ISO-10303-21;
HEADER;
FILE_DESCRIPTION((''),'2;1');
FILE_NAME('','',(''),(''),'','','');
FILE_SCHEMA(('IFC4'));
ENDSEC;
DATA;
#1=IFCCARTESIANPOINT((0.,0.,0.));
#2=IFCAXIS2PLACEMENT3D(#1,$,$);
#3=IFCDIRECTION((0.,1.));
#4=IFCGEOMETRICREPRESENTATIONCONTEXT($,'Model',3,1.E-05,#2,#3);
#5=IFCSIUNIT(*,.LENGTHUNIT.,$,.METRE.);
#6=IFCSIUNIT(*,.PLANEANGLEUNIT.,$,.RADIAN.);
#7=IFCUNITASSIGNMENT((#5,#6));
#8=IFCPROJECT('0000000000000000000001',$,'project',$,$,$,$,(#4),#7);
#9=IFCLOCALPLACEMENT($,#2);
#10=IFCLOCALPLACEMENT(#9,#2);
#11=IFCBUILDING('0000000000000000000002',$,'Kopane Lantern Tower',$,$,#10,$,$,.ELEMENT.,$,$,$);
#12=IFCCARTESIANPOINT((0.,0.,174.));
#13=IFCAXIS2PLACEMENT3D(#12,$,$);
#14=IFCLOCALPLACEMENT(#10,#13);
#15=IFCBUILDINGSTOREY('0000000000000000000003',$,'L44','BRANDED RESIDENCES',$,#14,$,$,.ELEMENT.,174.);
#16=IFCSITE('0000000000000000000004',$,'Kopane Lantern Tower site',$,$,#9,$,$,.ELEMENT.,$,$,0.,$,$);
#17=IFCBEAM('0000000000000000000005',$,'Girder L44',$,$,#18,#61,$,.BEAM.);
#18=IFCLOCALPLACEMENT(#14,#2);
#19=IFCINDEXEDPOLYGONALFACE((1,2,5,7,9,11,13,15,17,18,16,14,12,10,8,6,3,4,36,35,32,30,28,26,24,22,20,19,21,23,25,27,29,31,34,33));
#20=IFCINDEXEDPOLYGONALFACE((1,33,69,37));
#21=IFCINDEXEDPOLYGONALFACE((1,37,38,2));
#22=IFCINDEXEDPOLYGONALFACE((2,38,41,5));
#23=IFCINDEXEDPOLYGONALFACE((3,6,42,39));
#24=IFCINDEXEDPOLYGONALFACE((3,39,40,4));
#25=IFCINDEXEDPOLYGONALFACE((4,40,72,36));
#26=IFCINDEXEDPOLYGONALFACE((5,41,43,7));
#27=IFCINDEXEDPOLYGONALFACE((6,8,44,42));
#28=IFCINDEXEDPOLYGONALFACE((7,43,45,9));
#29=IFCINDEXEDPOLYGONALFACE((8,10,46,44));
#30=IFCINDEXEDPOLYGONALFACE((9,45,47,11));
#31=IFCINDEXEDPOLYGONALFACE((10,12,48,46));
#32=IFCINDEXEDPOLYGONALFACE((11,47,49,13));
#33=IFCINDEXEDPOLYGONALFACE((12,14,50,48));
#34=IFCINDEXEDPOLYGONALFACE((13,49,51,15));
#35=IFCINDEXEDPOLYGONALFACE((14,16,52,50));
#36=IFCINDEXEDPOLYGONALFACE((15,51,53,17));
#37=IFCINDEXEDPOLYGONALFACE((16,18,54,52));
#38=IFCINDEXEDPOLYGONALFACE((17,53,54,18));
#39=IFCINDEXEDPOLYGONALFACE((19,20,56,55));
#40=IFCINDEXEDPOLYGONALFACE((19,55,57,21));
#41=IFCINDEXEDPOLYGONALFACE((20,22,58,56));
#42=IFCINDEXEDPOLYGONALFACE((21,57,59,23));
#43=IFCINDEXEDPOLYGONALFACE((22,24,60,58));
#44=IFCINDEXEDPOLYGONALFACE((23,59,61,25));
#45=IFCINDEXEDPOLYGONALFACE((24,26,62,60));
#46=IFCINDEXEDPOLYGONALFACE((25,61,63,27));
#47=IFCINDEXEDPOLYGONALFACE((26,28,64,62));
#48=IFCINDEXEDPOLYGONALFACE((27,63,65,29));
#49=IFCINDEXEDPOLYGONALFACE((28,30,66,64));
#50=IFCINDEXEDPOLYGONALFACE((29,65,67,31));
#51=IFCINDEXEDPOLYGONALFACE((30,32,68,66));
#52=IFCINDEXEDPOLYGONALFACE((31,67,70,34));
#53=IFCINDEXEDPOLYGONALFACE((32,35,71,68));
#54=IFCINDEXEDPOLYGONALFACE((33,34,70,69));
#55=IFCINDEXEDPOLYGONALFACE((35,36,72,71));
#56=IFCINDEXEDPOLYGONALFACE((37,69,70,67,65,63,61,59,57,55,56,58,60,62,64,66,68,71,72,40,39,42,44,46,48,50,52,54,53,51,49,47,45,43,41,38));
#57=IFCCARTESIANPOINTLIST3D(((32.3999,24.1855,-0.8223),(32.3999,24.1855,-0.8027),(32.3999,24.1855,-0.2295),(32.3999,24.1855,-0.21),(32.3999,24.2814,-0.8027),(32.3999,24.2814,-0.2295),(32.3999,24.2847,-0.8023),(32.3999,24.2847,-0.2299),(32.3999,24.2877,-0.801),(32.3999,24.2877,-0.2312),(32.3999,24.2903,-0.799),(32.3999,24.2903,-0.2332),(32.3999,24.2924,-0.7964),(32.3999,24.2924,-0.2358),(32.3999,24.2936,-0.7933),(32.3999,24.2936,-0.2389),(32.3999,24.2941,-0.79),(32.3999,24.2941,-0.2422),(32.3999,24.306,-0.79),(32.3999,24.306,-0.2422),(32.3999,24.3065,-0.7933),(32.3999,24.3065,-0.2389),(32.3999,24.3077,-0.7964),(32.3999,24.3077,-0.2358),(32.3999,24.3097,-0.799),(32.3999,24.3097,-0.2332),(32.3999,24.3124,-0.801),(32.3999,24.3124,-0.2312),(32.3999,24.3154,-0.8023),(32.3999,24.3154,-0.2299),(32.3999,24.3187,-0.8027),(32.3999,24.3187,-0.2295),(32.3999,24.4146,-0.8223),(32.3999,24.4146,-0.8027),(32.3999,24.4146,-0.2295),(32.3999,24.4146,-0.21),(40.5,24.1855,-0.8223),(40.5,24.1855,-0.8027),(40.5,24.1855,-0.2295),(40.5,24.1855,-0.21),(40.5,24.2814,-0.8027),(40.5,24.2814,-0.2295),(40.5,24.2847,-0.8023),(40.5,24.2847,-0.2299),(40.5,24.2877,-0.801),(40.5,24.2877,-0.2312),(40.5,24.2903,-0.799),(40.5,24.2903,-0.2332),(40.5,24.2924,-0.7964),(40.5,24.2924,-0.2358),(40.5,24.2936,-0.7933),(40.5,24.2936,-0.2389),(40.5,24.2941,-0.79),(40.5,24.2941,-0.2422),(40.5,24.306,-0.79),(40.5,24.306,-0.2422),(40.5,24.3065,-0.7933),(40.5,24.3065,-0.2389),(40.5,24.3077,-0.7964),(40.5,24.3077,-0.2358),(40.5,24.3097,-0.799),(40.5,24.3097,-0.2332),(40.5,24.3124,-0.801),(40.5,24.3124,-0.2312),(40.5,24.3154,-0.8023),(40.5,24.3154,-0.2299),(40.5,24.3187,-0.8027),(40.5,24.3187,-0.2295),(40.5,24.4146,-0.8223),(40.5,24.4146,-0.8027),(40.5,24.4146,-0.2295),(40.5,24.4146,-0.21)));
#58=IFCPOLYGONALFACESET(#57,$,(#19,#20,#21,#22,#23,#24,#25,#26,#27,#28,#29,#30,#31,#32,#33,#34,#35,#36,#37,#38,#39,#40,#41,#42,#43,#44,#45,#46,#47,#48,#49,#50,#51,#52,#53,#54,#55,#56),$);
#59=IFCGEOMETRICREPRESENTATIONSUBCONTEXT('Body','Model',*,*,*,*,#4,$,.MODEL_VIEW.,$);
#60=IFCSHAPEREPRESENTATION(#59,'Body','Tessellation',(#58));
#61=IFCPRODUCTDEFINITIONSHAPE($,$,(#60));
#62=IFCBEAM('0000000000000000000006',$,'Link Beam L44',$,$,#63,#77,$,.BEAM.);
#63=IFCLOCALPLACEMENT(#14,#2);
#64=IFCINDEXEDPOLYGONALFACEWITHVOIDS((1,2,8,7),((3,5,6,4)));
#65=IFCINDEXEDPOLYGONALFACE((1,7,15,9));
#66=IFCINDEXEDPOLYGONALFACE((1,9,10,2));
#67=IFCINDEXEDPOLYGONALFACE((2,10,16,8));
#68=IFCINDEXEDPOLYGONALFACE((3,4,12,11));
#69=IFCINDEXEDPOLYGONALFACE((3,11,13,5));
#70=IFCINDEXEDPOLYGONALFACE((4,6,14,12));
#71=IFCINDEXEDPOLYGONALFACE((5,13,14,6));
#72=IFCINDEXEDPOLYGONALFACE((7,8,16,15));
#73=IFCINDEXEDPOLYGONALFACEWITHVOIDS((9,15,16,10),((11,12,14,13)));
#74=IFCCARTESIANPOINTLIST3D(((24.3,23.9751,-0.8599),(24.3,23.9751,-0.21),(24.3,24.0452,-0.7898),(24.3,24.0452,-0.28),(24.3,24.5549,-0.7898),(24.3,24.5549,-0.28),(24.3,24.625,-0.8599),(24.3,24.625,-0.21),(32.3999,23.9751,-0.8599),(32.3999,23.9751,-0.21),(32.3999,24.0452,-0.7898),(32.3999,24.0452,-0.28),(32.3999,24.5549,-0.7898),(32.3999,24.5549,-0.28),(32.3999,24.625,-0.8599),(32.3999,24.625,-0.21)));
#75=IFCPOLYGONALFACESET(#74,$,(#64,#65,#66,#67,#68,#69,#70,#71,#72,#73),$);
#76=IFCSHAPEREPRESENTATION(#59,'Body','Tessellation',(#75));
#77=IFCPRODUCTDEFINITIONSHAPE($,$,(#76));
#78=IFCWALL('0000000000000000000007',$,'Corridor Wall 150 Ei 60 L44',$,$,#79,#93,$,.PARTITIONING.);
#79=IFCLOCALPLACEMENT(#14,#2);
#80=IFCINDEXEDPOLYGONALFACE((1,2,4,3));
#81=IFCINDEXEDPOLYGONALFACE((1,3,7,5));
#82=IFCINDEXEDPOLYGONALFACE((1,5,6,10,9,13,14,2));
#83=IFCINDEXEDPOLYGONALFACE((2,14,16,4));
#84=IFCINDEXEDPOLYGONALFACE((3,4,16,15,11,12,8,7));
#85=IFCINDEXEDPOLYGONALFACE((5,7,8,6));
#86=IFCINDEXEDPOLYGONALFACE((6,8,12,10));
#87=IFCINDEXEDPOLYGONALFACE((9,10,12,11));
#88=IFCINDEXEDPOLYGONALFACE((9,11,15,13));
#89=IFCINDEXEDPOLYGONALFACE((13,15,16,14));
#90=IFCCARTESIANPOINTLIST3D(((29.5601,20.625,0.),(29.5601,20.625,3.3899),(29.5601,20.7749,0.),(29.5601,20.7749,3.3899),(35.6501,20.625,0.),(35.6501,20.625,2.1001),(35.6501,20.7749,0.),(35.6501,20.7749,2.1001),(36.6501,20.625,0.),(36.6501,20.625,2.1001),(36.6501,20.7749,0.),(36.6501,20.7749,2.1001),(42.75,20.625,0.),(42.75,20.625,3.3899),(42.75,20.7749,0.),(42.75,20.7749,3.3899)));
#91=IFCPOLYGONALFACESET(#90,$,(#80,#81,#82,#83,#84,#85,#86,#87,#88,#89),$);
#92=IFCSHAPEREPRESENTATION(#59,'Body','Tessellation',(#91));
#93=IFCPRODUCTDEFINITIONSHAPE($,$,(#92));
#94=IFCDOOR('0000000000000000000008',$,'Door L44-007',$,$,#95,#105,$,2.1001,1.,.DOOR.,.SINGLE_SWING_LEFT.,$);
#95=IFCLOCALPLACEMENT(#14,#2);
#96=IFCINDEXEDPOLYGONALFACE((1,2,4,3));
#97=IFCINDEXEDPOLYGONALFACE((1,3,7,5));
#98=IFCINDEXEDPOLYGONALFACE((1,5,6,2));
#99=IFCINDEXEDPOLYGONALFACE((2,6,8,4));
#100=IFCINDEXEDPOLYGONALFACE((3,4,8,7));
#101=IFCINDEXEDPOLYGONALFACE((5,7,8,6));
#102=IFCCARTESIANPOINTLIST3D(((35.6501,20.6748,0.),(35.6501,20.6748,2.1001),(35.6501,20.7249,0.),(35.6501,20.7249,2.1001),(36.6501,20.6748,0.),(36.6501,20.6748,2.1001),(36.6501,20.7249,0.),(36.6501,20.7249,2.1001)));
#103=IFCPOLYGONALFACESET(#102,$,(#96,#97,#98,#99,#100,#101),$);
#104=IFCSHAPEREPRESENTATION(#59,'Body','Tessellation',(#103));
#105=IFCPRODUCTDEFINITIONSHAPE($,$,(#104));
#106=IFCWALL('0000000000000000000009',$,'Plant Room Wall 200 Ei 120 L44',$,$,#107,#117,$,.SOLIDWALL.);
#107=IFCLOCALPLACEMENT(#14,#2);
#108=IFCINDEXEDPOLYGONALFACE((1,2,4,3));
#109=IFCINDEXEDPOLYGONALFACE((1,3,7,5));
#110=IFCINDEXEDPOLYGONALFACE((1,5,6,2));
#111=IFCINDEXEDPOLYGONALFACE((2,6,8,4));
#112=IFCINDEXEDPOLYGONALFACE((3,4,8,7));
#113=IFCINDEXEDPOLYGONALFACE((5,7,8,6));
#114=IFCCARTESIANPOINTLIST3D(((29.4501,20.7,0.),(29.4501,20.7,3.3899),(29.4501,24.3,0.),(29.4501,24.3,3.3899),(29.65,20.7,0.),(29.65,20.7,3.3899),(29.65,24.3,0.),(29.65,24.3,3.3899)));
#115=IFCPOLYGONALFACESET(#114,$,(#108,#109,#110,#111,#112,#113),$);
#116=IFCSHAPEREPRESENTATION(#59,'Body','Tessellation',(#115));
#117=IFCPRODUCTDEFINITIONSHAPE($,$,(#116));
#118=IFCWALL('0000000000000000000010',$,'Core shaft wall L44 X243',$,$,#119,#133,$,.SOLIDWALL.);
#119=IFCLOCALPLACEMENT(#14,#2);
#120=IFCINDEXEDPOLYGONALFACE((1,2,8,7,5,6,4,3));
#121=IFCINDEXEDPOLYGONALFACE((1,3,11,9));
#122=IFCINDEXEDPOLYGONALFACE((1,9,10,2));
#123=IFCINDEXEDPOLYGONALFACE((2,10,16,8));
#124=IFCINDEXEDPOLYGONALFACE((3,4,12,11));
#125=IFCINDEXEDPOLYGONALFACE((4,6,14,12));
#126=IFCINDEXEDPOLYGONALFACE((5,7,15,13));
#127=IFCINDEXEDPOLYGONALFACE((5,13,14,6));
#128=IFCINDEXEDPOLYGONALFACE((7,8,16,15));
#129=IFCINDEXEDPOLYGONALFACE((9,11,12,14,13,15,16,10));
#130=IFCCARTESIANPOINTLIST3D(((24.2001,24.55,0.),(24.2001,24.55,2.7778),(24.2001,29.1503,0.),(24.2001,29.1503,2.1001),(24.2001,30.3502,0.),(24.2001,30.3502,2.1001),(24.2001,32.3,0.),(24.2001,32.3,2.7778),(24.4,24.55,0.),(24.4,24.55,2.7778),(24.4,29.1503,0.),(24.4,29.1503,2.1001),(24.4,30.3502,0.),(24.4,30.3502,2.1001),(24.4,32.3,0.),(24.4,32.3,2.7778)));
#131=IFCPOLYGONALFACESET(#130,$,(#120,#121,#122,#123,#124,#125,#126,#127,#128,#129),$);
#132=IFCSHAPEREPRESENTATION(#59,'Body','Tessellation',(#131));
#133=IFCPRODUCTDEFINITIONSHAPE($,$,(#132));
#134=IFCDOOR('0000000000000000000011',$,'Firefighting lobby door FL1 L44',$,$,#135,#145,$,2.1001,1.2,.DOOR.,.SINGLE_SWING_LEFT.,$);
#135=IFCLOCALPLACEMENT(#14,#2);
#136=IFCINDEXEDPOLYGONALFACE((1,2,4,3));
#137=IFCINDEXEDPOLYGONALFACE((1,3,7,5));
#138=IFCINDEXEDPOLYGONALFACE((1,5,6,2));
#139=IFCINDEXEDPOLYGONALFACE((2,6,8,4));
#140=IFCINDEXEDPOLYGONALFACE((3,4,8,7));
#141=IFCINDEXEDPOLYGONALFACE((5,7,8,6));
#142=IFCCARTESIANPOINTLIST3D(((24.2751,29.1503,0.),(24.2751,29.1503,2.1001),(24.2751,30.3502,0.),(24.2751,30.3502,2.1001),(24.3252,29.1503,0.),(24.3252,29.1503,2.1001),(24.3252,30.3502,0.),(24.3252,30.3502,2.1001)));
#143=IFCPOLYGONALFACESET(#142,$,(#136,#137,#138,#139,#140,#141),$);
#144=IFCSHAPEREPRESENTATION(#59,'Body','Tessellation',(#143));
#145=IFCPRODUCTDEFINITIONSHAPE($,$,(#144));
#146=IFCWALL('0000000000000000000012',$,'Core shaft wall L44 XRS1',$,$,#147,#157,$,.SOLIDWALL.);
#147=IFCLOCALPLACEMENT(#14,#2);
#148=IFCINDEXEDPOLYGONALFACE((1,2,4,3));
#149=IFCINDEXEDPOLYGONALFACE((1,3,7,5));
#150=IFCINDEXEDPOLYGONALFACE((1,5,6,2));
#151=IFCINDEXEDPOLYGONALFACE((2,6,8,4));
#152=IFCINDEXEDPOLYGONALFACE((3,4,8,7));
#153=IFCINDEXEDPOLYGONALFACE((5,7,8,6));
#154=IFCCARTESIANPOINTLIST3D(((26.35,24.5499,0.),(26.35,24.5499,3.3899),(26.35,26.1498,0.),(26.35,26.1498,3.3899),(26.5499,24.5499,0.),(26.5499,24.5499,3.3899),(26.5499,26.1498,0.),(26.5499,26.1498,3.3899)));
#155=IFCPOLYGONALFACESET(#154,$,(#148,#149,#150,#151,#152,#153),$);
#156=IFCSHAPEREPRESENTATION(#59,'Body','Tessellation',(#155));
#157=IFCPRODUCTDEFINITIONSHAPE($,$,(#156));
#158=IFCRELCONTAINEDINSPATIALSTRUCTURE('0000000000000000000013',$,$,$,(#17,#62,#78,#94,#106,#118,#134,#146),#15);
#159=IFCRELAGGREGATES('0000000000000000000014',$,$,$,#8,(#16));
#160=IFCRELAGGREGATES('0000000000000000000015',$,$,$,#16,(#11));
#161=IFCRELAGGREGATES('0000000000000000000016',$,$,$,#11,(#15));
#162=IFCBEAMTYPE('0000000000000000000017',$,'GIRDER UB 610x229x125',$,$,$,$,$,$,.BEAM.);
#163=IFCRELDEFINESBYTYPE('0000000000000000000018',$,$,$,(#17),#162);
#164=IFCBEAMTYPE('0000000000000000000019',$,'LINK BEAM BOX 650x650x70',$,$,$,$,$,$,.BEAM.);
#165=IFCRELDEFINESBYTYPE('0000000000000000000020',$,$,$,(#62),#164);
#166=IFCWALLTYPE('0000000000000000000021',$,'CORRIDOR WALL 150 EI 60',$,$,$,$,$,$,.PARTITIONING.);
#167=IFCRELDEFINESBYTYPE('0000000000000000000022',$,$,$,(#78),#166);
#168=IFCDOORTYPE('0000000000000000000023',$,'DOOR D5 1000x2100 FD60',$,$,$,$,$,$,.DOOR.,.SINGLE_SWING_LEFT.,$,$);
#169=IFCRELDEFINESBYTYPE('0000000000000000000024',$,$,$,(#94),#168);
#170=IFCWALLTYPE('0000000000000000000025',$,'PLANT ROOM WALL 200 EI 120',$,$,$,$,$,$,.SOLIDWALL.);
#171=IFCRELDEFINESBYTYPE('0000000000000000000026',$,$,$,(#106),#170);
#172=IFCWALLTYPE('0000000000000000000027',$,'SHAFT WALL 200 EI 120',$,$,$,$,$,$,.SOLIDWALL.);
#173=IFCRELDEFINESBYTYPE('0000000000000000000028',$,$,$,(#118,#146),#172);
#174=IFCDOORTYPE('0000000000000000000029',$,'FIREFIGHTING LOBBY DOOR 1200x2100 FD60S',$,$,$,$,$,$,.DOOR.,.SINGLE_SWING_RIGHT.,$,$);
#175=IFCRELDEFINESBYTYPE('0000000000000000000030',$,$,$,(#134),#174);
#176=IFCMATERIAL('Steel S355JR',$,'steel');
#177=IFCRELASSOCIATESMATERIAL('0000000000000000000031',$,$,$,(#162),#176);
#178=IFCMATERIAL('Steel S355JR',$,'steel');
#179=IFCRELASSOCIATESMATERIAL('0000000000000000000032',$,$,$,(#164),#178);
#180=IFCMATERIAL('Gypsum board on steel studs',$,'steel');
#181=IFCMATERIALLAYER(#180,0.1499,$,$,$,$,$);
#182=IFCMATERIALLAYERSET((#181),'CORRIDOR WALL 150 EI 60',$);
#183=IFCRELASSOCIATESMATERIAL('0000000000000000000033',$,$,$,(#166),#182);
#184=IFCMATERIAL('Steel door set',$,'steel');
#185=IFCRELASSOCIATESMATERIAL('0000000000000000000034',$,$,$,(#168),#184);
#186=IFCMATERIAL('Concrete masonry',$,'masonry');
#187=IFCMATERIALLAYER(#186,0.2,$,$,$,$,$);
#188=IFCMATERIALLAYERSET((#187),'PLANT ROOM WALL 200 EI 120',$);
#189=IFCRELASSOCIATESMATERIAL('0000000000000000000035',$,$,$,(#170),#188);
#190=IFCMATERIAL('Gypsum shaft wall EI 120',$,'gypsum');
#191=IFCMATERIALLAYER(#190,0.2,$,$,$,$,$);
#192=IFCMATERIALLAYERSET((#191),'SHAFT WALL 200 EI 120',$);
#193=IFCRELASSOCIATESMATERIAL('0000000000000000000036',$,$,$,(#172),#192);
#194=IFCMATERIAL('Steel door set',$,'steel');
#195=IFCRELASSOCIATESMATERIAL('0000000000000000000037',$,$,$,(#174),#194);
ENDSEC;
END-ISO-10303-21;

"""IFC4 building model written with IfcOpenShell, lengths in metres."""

from ifc_helpers import new_model, si_unit, direction, frame, frame_2d, origin, origin_2d, place, context, subcontext, project, spatial, rectangle, hollow_rectangle, i_section, extrude, material, layer, layer_set, material_profile, profile_set, type_object, element, fill, save


model = new_model("IFC4")

# Units and contexts
model_context = context("Model", 3, precision=1e-05, world=origin(), true_north=direction((0.0, 1.0)))
body_context = subcontext(model_context, "Body", "Model", "MODEL_VIEW")
ifc_project = project(units=[si_unit("LENGTHUNIT", "METRE"), si_unit("PLANEANGLEUNIT", "RADIAN")], contexts=[model_context])

# Site, building, storey
site_placement = place(None, origin())
site = spatial("IfcSite", under=ifc_project, at=site_placement, Name="Kopane Lantern Tower site", CompositionType="ELEMENT", RefElevation=0.0)
building_placement = place(site_placement, origin())
building = spatial("IfcBuilding", under=site, at=building_placement, Name="Kopane Lantern Tower", CompositionType="ELEMENT")
storey_placement = place(building_placement, frame((0.0, 0.0, 174.0)))
storey = spatial("IfcBuildingStorey", under=building, at=storey_placement, Name="L44", Description="BRANDED RESIDENCES", CompositionType="ELEMENT", Elevation=174.0)

# Beams
ifc_material_1 = material(Name="Steel S355JR", Category="steel")
ifc_material_profile_1 = material_profile(ifc_material_1, i_section(OverallWidth=0.229, OverallDepth=0.6123, WebThickness=0.012, FlangeThickness=0.0195, FilletRadius=0.0127, at=origin_2d()), Name="UB 610x229x125")
ifc_profile_set_1 = profile_set([ifc_material_profile_1], Name="Steel S355JR")
beam_type_1 = type_object("IfcBeamType", Name="GIRDER UB 610x229x125", PredefinedType="BEAM", material=ifc_profile_set_1)
beam_1_placement = place(storey_placement, frame((32.3999, 24.3, -0.5161), z_axis=(1.0, 0.0, 0.0), x_axis=(0.0, 1.0, 0.0)))
element("IfcBeam", 1, at=beam_1_placement, inside=storey, type_object=beam_type_1, Name="Girder L44", PredefinedType="BEAM", context=body_context, shape_type="SweptSolid", body=[
    extrude(i_section(OverallWidth=0.229, OverallDepth=0.6123, WebThickness=0.012, FlangeThickness=0.0195, FilletRadius=0.0127, at=origin_2d()), origin(), (0.0, 0.0, 1.0), 8.1001),
])
ifc_material_2 = material(Name="Steel S355JR", Category="steel")
ifc_material_profile_2 = material_profile(ifc_material_2, hollow_rectangle(XDim=0.6499, YDim=0.6499, WallThickness=0.0701, at=origin_2d()), Name="BOX 650x650x70")
ifc_profile_set_2 = profile_set([ifc_material_profile_2], Name="Steel S355JR")
beam_type_2 = type_object("IfcBeamType", Name="LINK BEAM BOX 650x650x70", PredefinedType="BEAM", material=ifc_profile_set_2)
beam_2_placement = place(storey_placement, frame((24.3, 24.3, -0.5349), z_axis=(1.0, 0.0, 0.0), x_axis=(0.0, 1.0, 0.0)))
element("IfcBeam", 2, at=beam_2_placement, inside=storey, type_object=beam_type_2, Name="Link Beam L44", PredefinedType="BEAM", context=body_context, shape_type="SweptSolid", body=[
    extrude(hollow_rectangle(XDim=0.6499, YDim=0.6499, WallThickness=0.0701, at=origin_2d()), origin(), (0.0, 0.0, 1.0), 8.0999),
])

# Wall, opening, door
ifc_material_3 = material(Name="Gypsum board on steel studs", Category="steel")
ifc_layer_1 = layer(ifc_material_3, 0.1499)
ifc_layer_set_1 = layer_set([ifc_layer_1], Name="CORRIDOR WALL 150 EI 60")
wall_type_1 = type_object("IfcWallType", Name="CORRIDOR WALL 150 EI 60", PredefinedType="PARTITIONING", material=ifc_layer_set_1)
wall_1_placement = place(storey_placement, frame((29.5601, 20.7, 0.0), z_axis=(0.0, 0.0, 1.0), x_axis=(1.0, 0.0, 0.0)))
wall_1 = element("IfcWall", 3, at=wall_1_placement, inside=storey, type_object=wall_type_1, Name="Corridor Wall 150 Ei 60 L44", PredefinedType="PARTITIONING", context=body_context, shape_type="SweptSolid", body=[
    extrude(rectangle(XDim=13.1899, YDim=0.1499, at=frame_2d((6.595, 0.0))), origin(), (0.0, 0.0, 1.0), 3.3899),
])
opening_1_placement = place(wall_1_placement, frame((6.0901, 0.0, 0.0)))
opening_1 = element("IfcOpeningElement", 4, at=opening_1_placement, cuts=wall_1, PredefinedType="OPENING", context=body_context, shape_type="SweptSolid", body=[
    extrude(rectangle(XDim=1.0, YDim=2.1001, at=frame_2d((0.5, 1.05))), frame((0.0, 0.085, 0.0), z_axis=(0.0, -1.0, 0.0), x_axis=(1.0, 0.0, 0.0)), (0.0, 0.0, 1.0), 0.1699),
])
ifc_material_4 = material(Name="Steel door set", Category="steel")
door_type_1 = type_object("IfcDoorType", Name="DOOR D5 1000x2100 FD60", OperationType="SINGLE_SWING_LEFT", PredefinedType="DOOR", material=ifc_material_4)
door_1_placement = place(opening_1_placement, origin())
door_1 = element("IfcDoor", 5, at=door_1_placement, inside=storey, type_object=door_type_1, Name="Door L44-007", OperationType="SINGLE_SWING_LEFT", OverallHeight=2.1001, OverallWidth=1.0, PredefinedType="DOOR", context=body_context, shape_type="SweptSolid", body=[
    extrude(rectangle(XDim=1.0, YDim=2.1001, at=frame_2d((0.5, 1.05))), frame((0.0, 0.0249, 0.0), z_axis=(0.0, -1.0, 0.0), x_axis=(1.0, 0.0, 0.0)), (0.0, 0.0, 1.0), 0.05),
])
fill(opening_1, door_1)

# Wall
ifc_material_5 = material(Name="Concrete masonry", Category="masonry")
ifc_layer_2 = layer(ifc_material_5, 0.2)
ifc_layer_set_2 = layer_set([ifc_layer_2], Name="PLANT ROOM WALL 200 EI 120")
wall_type_2 = type_object("IfcWallType", Name="PLANT ROOM WALL 200 EI 120", PredefinedType="SOLIDWALL", material=ifc_layer_set_2)
wall_2_placement = place(storey_placement, frame((29.55, 20.7, 0.0), z_axis=(0.0, 0.0, 1.0), x_axis=(0.0, 1.0, 0.0)))
element("IfcWall", 6, at=wall_2_placement, inside=storey, type_object=wall_type_2, Name="Plant Room Wall 200 Ei 120 L44", PredefinedType="SOLIDWALL", context=body_context, shape_type="SweptSolid", body=[
    extrude(rectangle(XDim=3.6001, YDim=0.2, at=frame_2d((1.8, 0.0))), origin(), (0.0, 0.0, 1.0), 3.3899),
])

# Wall, opening, door
ifc_material_6 = material(Name="Gypsum shaft wall EI 120", Category="gypsum")
ifc_layer_3 = layer(ifc_material_6, 0.2)
ifc_layer_set_3 = layer_set([ifc_layer_3], Name="SHAFT WALL 200 EI 120")
wall_type_3 = type_object("IfcWallType", Name="SHAFT WALL 200 EI 120", PredefinedType="SOLIDWALL", material=ifc_layer_set_3)
wall_3_placement = place(storey_placement, frame((24.3, 24.55, 0.0), z_axis=(0.0, 0.0, 1.0), x_axis=(0.0, 1.0, 0.0)))
wall_3 = element("IfcWall", 7, at=wall_3_placement, inside=storey, type_object=wall_type_3, Name="Core shaft wall L44 X243", PredefinedType="SOLIDWALL", context=body_context, shape_type="SweptSolid", body=[
    extrude(rectangle(XDim=7.75, YDim=0.2, at=frame_2d((3.875, 0.0))), origin(), (0.0, 0.0, 1.0), 2.7778),
])
opening_2_placement = place(wall_3_placement, frame((4.6001, 0.0, 0.0)))
opening_2 = element("IfcOpeningElement", 8, at=opening_2_placement, cuts=wall_3, PredefinedType="OPENING", context=body_context, shape_type="SweptSolid", body=[
    extrude(rectangle(XDim=1.2, YDim=2.1001, at=frame_2d((0.6001, 1.05))), frame((0.0, 0.1099, 0.0), z_axis=(0.0, -1.0, 0.0), x_axis=(1.0, 0.0, 0.0)), (0.0, 0.0, 1.0), 0.22),
])
ifc_material_7 = material(Name="Steel door set", Category="steel")
door_type_2 = type_object("IfcDoorType", Name="FIREFIGHTING LOBBY DOOR 1200x2100 FD60S", OperationType="SINGLE_SWING_RIGHT", PredefinedType="DOOR", material=ifc_material_7)
door_2_placement = place(opening_2_placement, origin())
door_2 = element("IfcDoor", 9, at=door_2_placement, inside=storey, type_object=door_type_2, Name="Firefighting lobby door FL1 L44", OperationType="SINGLE_SWING_LEFT", OverallHeight=2.1001, OverallWidth=1.2, PredefinedType="DOOR", context=body_context, shape_type="SweptSolid", body=[
    extrude(rectangle(XDim=1.2, YDim=2.1001, at=frame_2d((0.6001, 1.05))), frame((0.0, 0.0249, 0.0), z_axis=(0.0, -1.0, 0.0), x_axis=(1.0, 0.0, 0.0)), (0.0, 0.0, 1.0), 0.05),
])
fill(opening_2, door_2)

# Wall
wall_4_placement = place(storey_placement, frame((26.45, 24.55, 0.0), z_axis=(0.0, 0.0, 1.0), x_axis=(0.0, 1.0, 0.0)))
element("IfcWall", 10, at=wall_4_placement, inside=storey, type_object=wall_type_3, Name="Core shaft wall L44 XRS1", PredefinedType="SOLIDWALL", context=body_context, shape_type="SweptSolid", body=[
    extrude(rectangle(XDim=1.5999, YDim=0.2, at=frame_2d((0.7998, 0.0))), origin(), (0.0, 0.0, 1.0), 3.3899),
])

save(model, "model.ifc")
